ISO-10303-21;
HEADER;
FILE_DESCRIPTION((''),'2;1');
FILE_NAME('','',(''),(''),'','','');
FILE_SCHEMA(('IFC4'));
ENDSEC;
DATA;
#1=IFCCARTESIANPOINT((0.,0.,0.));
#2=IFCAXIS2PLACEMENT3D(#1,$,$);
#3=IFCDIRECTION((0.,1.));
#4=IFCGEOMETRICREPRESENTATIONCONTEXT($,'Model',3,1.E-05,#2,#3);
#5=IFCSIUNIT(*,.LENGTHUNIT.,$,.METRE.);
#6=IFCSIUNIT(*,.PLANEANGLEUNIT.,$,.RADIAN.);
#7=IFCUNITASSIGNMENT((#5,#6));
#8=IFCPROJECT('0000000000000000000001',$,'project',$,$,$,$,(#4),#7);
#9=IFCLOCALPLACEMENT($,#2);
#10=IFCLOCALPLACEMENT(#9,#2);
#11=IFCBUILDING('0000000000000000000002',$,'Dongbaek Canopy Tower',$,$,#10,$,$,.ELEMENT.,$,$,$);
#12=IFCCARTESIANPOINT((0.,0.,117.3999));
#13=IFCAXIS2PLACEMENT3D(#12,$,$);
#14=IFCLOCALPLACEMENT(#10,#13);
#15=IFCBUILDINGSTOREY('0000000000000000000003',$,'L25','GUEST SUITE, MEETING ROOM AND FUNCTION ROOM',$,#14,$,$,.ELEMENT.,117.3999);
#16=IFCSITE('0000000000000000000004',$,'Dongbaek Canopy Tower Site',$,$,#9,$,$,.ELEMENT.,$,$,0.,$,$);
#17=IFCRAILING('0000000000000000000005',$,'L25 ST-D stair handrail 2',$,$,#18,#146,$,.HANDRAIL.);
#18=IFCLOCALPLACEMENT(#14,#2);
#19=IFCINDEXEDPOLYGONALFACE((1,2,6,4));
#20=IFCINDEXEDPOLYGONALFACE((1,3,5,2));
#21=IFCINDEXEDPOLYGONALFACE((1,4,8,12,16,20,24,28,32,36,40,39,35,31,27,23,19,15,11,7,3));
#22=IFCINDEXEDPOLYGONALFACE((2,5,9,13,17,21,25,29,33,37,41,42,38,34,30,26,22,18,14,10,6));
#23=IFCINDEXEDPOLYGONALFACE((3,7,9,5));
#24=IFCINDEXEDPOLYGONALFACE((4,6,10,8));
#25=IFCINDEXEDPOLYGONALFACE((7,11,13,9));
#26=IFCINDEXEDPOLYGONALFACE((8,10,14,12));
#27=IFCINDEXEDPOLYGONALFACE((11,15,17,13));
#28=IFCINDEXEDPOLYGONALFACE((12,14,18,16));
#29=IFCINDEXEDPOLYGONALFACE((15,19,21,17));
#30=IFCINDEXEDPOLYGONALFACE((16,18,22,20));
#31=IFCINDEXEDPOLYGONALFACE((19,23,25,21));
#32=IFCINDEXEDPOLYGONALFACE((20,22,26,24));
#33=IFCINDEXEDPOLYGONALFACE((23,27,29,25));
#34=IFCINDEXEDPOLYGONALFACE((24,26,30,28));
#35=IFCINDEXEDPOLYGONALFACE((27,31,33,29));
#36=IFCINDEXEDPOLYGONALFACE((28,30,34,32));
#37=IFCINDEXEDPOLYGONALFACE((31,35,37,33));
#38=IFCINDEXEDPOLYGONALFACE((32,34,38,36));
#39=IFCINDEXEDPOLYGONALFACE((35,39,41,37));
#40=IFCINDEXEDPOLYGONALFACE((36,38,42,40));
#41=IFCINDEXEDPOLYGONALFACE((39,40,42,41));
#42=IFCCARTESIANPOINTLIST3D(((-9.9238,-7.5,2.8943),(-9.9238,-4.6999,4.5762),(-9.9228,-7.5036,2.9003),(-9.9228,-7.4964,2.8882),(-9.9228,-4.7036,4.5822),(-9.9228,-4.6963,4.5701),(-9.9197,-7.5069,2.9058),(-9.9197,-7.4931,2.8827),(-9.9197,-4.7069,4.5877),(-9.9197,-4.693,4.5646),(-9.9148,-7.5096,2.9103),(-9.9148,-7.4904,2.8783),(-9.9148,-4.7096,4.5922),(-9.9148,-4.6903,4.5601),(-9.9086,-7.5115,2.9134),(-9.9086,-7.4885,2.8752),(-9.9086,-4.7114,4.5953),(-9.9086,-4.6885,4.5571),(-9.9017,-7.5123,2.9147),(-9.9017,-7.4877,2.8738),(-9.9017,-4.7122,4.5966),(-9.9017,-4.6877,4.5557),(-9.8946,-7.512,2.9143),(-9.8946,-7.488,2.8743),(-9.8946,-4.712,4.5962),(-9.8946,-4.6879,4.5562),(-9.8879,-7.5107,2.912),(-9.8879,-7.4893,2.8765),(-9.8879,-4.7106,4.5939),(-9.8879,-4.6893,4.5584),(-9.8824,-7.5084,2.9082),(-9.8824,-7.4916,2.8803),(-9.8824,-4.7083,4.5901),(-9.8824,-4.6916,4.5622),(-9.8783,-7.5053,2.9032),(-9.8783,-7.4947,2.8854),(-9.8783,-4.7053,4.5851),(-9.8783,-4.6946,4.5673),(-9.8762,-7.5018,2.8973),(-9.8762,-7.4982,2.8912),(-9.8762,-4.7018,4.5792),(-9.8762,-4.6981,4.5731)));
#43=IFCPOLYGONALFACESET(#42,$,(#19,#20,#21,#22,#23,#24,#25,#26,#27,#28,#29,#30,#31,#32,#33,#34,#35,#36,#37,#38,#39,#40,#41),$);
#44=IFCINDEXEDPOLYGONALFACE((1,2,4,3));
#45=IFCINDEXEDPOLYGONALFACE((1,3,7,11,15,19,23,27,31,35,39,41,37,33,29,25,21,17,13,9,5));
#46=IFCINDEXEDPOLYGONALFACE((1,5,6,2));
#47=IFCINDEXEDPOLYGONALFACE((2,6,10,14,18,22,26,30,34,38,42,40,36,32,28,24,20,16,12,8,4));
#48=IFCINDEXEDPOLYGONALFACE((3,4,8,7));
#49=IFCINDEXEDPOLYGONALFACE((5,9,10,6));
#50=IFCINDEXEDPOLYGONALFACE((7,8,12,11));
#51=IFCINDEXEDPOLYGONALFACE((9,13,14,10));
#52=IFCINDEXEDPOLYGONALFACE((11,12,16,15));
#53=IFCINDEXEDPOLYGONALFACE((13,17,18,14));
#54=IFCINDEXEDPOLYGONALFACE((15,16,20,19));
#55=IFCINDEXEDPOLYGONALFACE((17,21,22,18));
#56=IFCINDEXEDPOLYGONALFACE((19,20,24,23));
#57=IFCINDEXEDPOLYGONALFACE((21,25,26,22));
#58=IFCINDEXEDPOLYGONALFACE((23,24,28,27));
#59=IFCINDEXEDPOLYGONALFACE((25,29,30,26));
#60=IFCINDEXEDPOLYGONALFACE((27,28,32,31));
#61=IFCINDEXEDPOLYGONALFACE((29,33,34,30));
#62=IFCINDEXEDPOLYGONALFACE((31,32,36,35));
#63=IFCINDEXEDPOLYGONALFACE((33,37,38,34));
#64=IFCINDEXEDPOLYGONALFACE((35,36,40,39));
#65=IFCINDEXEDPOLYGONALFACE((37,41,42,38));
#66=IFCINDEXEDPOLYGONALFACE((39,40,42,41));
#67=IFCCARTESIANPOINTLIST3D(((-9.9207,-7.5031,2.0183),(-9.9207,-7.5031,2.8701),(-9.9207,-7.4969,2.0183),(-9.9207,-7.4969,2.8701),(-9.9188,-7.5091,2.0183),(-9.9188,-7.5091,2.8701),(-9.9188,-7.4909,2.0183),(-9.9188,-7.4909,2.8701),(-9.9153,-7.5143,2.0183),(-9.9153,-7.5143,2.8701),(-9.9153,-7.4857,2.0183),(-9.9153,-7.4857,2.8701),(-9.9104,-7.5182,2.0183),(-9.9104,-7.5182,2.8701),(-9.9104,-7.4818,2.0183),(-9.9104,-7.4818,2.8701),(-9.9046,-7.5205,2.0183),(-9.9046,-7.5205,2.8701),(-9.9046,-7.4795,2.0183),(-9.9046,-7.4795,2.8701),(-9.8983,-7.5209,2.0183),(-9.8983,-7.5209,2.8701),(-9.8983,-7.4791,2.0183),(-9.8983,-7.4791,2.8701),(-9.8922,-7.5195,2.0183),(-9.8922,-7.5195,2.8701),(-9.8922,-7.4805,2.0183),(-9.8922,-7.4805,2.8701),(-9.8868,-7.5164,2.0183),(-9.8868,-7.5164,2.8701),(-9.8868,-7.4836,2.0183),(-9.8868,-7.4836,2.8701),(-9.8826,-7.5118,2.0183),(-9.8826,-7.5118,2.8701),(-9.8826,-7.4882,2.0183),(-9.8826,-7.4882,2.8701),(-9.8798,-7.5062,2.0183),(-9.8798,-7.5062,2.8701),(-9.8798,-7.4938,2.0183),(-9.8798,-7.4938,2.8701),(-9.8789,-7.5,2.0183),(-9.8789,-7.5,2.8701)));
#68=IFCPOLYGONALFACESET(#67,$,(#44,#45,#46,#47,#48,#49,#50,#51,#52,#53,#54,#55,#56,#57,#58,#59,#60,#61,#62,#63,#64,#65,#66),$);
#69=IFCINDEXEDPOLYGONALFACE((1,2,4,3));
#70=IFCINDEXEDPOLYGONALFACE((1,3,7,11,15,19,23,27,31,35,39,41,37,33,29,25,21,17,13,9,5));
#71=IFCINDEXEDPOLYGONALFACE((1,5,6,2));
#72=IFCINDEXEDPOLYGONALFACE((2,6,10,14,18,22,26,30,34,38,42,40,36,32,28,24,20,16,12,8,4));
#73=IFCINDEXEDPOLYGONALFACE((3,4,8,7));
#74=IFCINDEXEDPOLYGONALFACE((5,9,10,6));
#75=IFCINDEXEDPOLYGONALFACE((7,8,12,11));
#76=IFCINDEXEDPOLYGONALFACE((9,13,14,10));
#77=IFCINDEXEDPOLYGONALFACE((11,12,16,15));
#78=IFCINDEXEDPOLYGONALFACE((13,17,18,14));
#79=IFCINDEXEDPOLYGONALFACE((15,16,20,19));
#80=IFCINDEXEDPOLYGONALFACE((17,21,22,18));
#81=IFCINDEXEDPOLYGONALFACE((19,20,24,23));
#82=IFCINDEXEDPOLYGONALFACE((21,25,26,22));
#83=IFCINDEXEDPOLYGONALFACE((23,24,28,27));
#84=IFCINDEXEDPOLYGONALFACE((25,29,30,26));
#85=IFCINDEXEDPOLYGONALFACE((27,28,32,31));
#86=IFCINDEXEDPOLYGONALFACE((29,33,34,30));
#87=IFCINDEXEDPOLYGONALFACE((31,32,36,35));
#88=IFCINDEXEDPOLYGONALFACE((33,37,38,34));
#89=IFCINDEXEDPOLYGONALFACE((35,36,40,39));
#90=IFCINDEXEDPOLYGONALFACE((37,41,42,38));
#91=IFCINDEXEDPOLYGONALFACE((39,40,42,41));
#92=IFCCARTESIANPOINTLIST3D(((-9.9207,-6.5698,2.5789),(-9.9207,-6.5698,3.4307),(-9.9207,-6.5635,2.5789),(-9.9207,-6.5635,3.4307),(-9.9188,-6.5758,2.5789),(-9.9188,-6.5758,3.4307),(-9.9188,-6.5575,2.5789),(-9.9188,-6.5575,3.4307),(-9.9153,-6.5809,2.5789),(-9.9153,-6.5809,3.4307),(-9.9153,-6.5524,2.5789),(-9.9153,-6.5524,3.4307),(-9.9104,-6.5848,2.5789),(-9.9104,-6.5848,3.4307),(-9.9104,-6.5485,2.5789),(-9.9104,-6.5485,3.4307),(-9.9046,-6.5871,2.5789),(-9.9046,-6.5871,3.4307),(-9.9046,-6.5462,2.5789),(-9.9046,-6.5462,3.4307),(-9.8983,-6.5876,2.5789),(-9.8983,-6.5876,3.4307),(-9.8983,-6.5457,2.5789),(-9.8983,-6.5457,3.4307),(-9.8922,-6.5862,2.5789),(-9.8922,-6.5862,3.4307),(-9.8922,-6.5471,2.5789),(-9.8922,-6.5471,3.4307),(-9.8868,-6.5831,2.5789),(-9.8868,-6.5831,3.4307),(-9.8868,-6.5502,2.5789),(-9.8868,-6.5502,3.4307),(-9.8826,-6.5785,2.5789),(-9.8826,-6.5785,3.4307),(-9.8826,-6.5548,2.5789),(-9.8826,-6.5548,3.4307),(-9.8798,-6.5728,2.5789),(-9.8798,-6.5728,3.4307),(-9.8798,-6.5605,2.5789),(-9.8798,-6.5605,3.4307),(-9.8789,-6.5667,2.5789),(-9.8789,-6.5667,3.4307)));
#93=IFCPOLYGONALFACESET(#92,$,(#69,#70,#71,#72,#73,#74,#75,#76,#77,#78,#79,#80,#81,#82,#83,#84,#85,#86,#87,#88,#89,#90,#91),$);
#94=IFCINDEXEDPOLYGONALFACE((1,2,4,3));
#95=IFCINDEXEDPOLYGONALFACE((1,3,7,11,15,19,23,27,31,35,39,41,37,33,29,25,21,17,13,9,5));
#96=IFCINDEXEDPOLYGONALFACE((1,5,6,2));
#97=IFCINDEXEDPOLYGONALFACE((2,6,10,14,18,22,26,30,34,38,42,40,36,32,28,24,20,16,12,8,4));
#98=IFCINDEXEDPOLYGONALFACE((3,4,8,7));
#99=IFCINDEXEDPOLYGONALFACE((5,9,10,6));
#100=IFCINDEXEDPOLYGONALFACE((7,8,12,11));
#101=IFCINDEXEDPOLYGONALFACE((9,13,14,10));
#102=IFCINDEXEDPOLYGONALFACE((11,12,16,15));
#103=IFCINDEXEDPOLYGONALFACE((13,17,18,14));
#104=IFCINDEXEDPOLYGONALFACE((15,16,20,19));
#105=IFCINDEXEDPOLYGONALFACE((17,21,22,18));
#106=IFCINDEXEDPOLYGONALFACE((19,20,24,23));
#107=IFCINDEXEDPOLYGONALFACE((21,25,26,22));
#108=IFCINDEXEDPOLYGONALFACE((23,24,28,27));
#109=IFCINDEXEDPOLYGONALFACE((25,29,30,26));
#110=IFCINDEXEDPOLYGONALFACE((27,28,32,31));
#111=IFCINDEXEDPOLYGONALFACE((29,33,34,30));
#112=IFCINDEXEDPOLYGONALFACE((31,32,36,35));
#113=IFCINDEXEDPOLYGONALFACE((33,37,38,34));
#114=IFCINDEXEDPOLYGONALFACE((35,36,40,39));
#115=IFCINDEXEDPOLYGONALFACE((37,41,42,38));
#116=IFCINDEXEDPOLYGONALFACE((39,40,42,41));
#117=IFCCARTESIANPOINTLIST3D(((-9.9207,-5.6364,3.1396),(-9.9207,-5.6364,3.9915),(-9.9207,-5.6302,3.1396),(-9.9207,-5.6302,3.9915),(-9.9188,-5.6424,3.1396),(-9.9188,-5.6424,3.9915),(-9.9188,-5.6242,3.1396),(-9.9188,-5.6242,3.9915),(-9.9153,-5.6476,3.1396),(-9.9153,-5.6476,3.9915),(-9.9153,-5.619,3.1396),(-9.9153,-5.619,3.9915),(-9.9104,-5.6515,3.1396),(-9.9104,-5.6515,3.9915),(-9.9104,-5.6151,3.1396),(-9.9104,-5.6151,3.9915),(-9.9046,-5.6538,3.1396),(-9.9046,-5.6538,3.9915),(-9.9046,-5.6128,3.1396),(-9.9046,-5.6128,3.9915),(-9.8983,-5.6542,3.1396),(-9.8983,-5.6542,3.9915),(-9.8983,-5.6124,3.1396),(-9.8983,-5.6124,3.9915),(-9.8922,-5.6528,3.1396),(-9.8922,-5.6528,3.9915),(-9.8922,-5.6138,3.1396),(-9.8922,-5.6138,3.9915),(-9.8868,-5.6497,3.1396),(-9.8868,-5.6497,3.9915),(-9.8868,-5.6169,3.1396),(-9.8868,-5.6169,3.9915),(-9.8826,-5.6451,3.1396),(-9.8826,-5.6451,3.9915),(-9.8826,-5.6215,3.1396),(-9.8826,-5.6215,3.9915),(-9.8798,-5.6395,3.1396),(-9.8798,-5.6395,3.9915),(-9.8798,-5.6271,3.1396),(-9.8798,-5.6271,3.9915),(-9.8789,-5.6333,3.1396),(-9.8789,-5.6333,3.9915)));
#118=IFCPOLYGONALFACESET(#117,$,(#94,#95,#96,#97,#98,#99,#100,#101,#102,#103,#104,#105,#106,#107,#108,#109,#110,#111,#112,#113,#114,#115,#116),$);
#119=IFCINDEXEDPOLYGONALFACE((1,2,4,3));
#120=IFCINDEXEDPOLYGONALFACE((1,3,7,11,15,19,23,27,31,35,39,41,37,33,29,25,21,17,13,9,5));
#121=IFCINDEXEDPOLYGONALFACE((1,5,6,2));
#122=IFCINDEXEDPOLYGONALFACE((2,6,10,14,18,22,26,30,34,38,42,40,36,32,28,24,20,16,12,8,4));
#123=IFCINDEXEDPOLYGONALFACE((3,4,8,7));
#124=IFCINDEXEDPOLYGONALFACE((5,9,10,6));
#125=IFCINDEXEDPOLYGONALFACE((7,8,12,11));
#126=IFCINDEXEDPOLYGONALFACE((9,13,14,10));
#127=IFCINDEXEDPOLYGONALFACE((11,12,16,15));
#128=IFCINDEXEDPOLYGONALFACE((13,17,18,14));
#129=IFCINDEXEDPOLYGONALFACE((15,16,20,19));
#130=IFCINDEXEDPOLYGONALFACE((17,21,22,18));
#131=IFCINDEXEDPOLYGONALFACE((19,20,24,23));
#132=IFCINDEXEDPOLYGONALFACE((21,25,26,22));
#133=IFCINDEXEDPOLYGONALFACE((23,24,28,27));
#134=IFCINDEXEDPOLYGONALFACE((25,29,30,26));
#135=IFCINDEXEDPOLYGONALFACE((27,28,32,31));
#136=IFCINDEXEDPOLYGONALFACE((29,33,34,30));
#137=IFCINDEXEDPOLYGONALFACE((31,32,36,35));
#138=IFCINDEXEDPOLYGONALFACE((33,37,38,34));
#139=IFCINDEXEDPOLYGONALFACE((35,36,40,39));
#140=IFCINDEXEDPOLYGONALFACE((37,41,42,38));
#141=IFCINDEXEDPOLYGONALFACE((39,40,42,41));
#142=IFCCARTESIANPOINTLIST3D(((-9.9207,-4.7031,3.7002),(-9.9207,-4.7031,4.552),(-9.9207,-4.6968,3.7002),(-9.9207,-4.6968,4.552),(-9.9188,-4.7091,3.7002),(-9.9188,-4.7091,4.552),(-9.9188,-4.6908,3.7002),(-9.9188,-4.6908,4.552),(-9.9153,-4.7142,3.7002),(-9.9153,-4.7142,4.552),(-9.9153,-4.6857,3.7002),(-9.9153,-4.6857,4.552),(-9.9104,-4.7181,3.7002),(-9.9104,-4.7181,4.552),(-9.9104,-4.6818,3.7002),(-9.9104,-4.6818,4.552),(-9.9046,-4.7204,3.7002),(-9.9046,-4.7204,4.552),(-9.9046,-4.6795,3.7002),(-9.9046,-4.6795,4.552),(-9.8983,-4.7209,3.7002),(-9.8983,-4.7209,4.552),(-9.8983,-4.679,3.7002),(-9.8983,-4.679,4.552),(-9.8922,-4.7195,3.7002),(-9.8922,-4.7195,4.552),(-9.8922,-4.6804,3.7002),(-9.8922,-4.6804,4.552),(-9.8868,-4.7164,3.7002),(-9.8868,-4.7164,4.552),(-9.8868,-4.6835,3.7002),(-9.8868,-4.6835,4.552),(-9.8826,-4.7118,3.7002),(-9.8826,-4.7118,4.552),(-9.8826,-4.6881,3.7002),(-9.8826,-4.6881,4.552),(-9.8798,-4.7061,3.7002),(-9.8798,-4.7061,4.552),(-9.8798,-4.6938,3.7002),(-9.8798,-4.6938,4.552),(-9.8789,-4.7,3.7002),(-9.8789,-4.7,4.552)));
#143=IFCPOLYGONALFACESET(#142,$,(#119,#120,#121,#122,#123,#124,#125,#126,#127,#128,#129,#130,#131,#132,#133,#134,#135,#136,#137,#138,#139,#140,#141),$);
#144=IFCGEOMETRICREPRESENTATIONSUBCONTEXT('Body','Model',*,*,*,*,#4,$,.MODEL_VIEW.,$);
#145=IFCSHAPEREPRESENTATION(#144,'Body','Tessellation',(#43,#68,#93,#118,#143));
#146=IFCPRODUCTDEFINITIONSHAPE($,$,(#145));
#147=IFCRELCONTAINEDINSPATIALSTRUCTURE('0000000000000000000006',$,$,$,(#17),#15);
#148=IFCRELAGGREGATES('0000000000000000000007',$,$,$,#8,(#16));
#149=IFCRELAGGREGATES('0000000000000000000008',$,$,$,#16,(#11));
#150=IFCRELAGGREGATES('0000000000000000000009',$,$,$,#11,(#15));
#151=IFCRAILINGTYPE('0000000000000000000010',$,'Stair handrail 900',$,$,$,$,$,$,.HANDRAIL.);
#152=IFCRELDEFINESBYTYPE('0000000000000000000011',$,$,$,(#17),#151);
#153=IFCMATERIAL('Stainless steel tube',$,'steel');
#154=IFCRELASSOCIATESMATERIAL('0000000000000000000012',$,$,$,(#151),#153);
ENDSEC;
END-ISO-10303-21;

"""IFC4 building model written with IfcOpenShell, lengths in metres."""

from ifc_helpers import new_model, si_unit, direction, frame, origin, origin_2d, place, context, subcontext, project, spatial, circle, extrude, material, type_object, element, save


model = new_model("IFC4")

# Units and contexts
model_context = context("Model", 3, precision=1e-05, world=origin(), true_north=direction((0.0, 1.0)))
body_context = subcontext(model_context, "Body", "Model", "MODEL_VIEW")
ifc_project = project(units=[si_unit("LENGTHUNIT", "METRE"), si_unit("PLANEANGLEUNIT", "RADIAN")], contexts=[model_context])

# Site, building, storey
site_placement = place(None, origin())
site = spatial("IfcSite", under=ifc_project, at=site_placement, Name="Dongbaek Canopy Tower Site", CompositionType="ELEMENT", RefElevation=0.0)
building_placement = place(site_placement, origin())
building = spatial("IfcBuilding", under=site, at=building_placement, Name="Dongbaek Canopy Tower", CompositionType="ELEMENT")
storey_placement = place(building_placement, frame((0.0, 0.0, 117.3999)))
storey = spatial("IfcBuildingStorey", under=building, at=storey_placement, Name="L25", Description="GUEST SUITE, MEETING ROOM AND FUNCTION ROOM", CompositionType="ELEMENT", Elevation=117.3999)

# Railing
ifc_material_1 = material(Name="Stainless steel tube", Category="steel")
railing_type_1 = type_object("IfcRailingType", Name="Stair handrail 900", PredefinedType="HANDRAIL", material=ifc_material_1)
railing_1_placement = place(storey_placement, frame((-9.8999, -7.5, 2.0183)))
element("IfcRailing", 1, at=railing_1_placement, inside=storey, type_object=railing_type_1, Name="L25 ST-D stair handrail 2", PredefinedType="HANDRAIL", context=body_context, shape_type="SweptSolid", body=[
    extrude(circle(Radius=0.0239, at=origin_2d()), frame((0.0, 0.0, 0.876), z_axis=(0.0, 0.857242, 0.514913), x_axis=(-1.0, 0.0, 0.0)), (0.0, 0.0, 1.0), 3.2664),
    extrude(circle(Radius=0.021, at=origin_2d()), origin(), (0.0, 0.0, 1.0), 0.8518),
    extrude(circle(Radius=0.021, at=origin_2d()), frame((0.0, 0.9333, 0.5605)), (0.0, 0.0, 1.0), 0.8518),
    extrude(circle(Radius=0.021, at=origin_2d()), frame((0.0, 1.8667, 1.1213)), (0.0, 0.0, 1.0), 0.8518),
    extrude(circle(Radius=0.021, at=origin_2d()), frame((0.0, 2.8, 1.6819)), (0.0, 0.0, 1.0), 0.8518),
])

save(model, "model.ifc")
